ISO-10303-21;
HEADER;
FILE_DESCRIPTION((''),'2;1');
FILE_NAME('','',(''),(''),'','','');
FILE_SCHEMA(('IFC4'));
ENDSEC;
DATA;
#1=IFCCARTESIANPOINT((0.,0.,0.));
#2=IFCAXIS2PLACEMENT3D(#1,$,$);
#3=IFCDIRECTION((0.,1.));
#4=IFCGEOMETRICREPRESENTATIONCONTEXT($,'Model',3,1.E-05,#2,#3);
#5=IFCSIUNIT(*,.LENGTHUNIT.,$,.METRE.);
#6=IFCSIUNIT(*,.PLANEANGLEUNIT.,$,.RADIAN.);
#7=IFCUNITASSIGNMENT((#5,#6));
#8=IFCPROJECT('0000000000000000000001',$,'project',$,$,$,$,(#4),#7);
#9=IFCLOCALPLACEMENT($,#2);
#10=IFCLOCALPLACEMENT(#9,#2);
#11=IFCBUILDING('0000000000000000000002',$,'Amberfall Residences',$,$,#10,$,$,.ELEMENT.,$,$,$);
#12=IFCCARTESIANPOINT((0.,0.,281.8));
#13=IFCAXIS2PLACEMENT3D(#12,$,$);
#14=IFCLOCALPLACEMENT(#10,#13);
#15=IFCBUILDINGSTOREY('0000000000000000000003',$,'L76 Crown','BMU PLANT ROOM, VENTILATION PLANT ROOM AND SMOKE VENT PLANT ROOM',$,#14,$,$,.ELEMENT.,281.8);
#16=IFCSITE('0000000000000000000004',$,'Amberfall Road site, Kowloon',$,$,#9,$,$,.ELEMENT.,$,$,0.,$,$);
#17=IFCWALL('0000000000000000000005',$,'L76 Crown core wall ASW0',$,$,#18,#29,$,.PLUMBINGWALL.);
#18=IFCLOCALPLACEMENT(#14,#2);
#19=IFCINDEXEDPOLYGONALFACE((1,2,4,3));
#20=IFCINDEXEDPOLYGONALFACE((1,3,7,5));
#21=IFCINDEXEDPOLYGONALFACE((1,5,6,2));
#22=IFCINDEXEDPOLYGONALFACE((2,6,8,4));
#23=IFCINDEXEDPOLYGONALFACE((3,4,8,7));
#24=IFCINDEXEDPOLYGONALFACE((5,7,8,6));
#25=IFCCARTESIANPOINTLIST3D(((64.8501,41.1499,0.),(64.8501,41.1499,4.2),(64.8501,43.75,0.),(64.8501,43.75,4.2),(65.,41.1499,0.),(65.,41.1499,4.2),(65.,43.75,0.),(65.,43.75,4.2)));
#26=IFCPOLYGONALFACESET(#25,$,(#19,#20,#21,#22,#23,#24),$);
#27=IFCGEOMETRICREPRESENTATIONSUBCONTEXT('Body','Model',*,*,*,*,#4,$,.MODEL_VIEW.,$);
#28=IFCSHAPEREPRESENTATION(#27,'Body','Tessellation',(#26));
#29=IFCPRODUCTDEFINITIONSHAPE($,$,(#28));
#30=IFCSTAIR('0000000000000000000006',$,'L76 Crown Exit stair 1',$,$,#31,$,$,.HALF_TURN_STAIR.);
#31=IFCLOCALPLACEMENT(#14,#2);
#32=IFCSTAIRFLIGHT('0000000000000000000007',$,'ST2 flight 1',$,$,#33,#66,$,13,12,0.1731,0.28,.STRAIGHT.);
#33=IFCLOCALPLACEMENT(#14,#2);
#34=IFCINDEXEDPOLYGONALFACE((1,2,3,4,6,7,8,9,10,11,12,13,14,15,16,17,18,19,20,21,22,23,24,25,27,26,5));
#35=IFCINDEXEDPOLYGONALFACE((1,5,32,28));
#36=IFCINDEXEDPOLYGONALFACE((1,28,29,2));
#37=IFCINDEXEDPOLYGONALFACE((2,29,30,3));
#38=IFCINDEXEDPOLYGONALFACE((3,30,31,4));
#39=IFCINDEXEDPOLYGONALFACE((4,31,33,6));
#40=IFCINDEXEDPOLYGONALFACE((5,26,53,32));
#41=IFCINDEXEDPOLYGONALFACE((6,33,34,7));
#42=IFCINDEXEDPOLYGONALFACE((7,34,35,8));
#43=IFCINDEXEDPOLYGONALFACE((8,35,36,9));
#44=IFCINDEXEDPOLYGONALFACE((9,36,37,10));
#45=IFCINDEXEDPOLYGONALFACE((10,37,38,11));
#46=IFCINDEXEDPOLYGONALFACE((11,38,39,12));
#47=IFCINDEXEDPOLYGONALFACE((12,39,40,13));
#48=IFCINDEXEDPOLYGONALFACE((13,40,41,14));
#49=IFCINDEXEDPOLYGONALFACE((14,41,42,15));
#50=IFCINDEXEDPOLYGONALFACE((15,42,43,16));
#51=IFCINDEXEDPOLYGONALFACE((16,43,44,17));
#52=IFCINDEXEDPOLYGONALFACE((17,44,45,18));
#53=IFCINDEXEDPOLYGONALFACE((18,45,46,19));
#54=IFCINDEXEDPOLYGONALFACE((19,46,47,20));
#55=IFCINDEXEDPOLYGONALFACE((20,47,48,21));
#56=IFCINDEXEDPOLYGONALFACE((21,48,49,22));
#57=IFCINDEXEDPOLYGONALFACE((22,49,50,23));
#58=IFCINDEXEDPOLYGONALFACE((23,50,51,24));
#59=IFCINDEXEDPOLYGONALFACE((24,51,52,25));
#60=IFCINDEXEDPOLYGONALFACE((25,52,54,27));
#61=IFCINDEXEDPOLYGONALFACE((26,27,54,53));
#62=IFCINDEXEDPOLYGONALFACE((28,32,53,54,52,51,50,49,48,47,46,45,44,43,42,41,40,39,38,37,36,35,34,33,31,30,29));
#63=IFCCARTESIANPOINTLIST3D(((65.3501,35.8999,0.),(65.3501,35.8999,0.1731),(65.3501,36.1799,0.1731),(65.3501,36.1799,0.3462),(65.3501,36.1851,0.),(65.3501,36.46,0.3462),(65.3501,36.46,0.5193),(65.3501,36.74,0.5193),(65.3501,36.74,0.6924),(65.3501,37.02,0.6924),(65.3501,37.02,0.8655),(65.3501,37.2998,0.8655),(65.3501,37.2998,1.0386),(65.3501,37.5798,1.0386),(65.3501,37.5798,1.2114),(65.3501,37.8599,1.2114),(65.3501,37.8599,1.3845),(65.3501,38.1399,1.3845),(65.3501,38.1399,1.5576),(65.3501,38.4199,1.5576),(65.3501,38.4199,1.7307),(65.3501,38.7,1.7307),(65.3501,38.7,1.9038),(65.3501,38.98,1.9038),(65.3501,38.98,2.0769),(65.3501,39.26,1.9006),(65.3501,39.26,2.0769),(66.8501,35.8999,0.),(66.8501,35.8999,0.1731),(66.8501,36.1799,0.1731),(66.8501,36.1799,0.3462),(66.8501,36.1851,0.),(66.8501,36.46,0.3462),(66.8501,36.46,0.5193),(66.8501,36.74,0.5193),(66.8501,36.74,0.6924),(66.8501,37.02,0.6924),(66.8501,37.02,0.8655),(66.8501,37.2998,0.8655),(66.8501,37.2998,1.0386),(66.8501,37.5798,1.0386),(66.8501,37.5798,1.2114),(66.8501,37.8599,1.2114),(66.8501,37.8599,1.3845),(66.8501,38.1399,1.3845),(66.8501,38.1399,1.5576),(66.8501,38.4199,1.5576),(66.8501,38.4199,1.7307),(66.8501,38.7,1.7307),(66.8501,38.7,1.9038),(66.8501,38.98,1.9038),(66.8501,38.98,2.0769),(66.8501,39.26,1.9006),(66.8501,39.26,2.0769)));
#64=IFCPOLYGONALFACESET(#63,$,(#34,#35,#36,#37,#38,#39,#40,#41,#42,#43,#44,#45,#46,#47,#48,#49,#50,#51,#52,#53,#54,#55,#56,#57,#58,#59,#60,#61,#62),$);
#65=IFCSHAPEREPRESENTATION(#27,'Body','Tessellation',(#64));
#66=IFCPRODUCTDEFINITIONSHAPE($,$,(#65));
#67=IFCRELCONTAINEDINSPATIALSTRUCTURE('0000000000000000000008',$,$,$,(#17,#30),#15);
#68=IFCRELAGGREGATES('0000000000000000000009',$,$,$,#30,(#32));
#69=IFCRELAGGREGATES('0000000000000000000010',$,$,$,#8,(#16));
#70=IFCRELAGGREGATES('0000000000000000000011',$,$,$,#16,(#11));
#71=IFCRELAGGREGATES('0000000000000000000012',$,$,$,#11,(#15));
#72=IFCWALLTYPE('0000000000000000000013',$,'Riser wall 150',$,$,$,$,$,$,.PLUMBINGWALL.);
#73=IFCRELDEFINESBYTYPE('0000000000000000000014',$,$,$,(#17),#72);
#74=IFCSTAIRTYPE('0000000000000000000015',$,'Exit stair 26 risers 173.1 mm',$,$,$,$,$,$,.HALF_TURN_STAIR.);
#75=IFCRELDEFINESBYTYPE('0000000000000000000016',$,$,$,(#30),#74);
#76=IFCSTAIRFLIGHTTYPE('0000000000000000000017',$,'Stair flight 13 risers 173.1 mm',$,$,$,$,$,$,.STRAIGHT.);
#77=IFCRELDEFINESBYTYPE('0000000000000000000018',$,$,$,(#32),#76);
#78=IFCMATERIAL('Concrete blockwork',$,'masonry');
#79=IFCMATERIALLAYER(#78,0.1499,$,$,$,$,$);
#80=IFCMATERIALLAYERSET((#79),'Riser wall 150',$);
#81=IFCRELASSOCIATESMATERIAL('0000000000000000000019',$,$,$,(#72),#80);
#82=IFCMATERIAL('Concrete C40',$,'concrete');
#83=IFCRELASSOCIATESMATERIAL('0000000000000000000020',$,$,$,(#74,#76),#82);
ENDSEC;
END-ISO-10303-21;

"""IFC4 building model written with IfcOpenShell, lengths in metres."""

from ifc_helpers import new_model, si_unit, direction, frame, frame_2d, origin, place, context, subcontext, project, spatial, polyline, rectangle, outline, extrude, material, layer, layer_set, type_object, element, aggregate, save


model = new_model("IFC4")

# Units and contexts
model_context = context("Model", 3, precision=1e-05, world=origin(), true_north=direction((0.0, 1.0)))
body_context = subcontext(model_context, "Body", "Model", "MODEL_VIEW")
ifc_project = project(units=[si_unit("LENGTHUNIT", "METRE"), si_unit("PLANEANGLEUNIT", "RADIAN")], contexts=[model_context])

# Site, building, storey
site_placement = place(None, origin())
site = spatial("IfcSite", under=ifc_project, at=site_placement, Name="Amberfall Road site, Kowloon", CompositionType="ELEMENT", RefElevation=0.0)
building_placement = place(site_placement, origin())
building = spatial("IfcBuilding", under=site, at=building_placement, Name="Amberfall Residences", CompositionType="ELEMENT")
storey_placement = place(building_placement, frame((0.0, 0.0, 281.8)))
storey = spatial("IfcBuildingStorey", under=building, at=storey_placement, Name="L76 Crown", Description="BMU PLANT ROOM, VENTILATION PLANT ROOM AND SMOKE VENT PLANT ROOM", CompositionType="ELEMENT", Elevation=281.8)

# Wall
ifc_material_1 = material(Name="Concrete blockwork", Category="masonry")
ifc_layer_1 = layer(ifc_material_1, 0.1499)
ifc_layer_set_1 = layer_set([ifc_layer_1], Name="Riser wall 150")
wall_type_1 = type_object("IfcWallType", Name="Riser wall 150", PredefinedType="PLUMBINGWALL", material=ifc_layer_set_1)
wall_1_placement = place(storey_placement, frame((64.925, 41.1499, 0.0), z_axis=(0.0, 0.0, 1.0), x_axis=(0.0, 1.0, 0.0)))
element("IfcWall", 1, at=wall_1_placement, inside=storey, type_object=wall_type_1, Name="L76 Crown core wall ASW0", PredefinedType="PLUMBINGWALL", context=body_context, shape_type="SweptSolid", body=[
    extrude(rectangle(XDim=2.6001, YDim=0.1499, at=frame_2d((1.3, 0.0))), origin(), (0.0, 0.0, 1.0), 4.2),
])

# Stair, stair flight
ifc_material_2 = material(Name="Concrete C40", Category="concrete")
stair_type = type_object("IfcStairType", Name="Exit stair 26 risers 173.1 mm", PredefinedType="HALF_TURN_STAIR", material=ifc_material_2)
stair_placement = place(storey_placement, origin())
stair = element("IfcStair", 2, at=stair_placement, inside=storey, type_object=stair_type, Name="L76 Crown Exit stair 1", PredefinedType="HALF_TURN_STAIR")
stair_flight_type = type_object("IfcStairFlightType", Name="Stair flight 13 risers 173.1 mm", PredefinedType="STRAIGHT", material=ifc_material_2)
stair_flight_placement = place(storey_placement, frame((66.1001, 35.8999, 0.0), z_axis=(0.0, 0.0, 1.0), x_axis=(0.0, 1.0, 0.0)))
stair_flight = element("IfcStairFlight", 3, at=stair_flight_placement, type_object=stair_flight_type, Name="ST2 flight 1", NumberOfRisers=13, NumberOfTreads=12, PredefinedType="STRAIGHT", RiserHeight=0.1731, TreadLength=0.28, context=body_context, shape_type="SweptSolid", body=[
    extrude(outline(polyline([(0.0, 0.0), (0.0, 0.1731), (0.28, 0.1731), (0.28, 0.3462), (0.5601, 0.3462), (0.5601, 0.5193), (0.8401, 0.5193), (0.8401, 0.6924), (1.1201, 0.6924), (1.1201, 0.8655), (1.3999, 0.8655), (1.3999, 1.0386), (1.6799, 1.0386), (1.6799, 1.2114), (1.96, 1.2114), (1.96, 1.3845), (2.24, 1.3845), (2.24, 1.5576), (2.52, 1.5576), (2.52, 1.7307), (2.8, 1.7307), (2.8, 1.9038), (3.0801, 1.9038), (3.0801, 2.0769), (3.3601, 2.0769), (3.3601, 2.25), (3.3601, 1.9006), (0.2852, 0.0), (0.0, 0.0)])), frame((0.0, 0.75, 0.0), z_axis=(0.0, -1.0, 0.0), x_axis=(1.0, 0.0, 0.0)), (0.0, 0.0, 1.0), 1.5),
])
aggregate(stair, [stair_flight])

save(model, "model.ifc")
